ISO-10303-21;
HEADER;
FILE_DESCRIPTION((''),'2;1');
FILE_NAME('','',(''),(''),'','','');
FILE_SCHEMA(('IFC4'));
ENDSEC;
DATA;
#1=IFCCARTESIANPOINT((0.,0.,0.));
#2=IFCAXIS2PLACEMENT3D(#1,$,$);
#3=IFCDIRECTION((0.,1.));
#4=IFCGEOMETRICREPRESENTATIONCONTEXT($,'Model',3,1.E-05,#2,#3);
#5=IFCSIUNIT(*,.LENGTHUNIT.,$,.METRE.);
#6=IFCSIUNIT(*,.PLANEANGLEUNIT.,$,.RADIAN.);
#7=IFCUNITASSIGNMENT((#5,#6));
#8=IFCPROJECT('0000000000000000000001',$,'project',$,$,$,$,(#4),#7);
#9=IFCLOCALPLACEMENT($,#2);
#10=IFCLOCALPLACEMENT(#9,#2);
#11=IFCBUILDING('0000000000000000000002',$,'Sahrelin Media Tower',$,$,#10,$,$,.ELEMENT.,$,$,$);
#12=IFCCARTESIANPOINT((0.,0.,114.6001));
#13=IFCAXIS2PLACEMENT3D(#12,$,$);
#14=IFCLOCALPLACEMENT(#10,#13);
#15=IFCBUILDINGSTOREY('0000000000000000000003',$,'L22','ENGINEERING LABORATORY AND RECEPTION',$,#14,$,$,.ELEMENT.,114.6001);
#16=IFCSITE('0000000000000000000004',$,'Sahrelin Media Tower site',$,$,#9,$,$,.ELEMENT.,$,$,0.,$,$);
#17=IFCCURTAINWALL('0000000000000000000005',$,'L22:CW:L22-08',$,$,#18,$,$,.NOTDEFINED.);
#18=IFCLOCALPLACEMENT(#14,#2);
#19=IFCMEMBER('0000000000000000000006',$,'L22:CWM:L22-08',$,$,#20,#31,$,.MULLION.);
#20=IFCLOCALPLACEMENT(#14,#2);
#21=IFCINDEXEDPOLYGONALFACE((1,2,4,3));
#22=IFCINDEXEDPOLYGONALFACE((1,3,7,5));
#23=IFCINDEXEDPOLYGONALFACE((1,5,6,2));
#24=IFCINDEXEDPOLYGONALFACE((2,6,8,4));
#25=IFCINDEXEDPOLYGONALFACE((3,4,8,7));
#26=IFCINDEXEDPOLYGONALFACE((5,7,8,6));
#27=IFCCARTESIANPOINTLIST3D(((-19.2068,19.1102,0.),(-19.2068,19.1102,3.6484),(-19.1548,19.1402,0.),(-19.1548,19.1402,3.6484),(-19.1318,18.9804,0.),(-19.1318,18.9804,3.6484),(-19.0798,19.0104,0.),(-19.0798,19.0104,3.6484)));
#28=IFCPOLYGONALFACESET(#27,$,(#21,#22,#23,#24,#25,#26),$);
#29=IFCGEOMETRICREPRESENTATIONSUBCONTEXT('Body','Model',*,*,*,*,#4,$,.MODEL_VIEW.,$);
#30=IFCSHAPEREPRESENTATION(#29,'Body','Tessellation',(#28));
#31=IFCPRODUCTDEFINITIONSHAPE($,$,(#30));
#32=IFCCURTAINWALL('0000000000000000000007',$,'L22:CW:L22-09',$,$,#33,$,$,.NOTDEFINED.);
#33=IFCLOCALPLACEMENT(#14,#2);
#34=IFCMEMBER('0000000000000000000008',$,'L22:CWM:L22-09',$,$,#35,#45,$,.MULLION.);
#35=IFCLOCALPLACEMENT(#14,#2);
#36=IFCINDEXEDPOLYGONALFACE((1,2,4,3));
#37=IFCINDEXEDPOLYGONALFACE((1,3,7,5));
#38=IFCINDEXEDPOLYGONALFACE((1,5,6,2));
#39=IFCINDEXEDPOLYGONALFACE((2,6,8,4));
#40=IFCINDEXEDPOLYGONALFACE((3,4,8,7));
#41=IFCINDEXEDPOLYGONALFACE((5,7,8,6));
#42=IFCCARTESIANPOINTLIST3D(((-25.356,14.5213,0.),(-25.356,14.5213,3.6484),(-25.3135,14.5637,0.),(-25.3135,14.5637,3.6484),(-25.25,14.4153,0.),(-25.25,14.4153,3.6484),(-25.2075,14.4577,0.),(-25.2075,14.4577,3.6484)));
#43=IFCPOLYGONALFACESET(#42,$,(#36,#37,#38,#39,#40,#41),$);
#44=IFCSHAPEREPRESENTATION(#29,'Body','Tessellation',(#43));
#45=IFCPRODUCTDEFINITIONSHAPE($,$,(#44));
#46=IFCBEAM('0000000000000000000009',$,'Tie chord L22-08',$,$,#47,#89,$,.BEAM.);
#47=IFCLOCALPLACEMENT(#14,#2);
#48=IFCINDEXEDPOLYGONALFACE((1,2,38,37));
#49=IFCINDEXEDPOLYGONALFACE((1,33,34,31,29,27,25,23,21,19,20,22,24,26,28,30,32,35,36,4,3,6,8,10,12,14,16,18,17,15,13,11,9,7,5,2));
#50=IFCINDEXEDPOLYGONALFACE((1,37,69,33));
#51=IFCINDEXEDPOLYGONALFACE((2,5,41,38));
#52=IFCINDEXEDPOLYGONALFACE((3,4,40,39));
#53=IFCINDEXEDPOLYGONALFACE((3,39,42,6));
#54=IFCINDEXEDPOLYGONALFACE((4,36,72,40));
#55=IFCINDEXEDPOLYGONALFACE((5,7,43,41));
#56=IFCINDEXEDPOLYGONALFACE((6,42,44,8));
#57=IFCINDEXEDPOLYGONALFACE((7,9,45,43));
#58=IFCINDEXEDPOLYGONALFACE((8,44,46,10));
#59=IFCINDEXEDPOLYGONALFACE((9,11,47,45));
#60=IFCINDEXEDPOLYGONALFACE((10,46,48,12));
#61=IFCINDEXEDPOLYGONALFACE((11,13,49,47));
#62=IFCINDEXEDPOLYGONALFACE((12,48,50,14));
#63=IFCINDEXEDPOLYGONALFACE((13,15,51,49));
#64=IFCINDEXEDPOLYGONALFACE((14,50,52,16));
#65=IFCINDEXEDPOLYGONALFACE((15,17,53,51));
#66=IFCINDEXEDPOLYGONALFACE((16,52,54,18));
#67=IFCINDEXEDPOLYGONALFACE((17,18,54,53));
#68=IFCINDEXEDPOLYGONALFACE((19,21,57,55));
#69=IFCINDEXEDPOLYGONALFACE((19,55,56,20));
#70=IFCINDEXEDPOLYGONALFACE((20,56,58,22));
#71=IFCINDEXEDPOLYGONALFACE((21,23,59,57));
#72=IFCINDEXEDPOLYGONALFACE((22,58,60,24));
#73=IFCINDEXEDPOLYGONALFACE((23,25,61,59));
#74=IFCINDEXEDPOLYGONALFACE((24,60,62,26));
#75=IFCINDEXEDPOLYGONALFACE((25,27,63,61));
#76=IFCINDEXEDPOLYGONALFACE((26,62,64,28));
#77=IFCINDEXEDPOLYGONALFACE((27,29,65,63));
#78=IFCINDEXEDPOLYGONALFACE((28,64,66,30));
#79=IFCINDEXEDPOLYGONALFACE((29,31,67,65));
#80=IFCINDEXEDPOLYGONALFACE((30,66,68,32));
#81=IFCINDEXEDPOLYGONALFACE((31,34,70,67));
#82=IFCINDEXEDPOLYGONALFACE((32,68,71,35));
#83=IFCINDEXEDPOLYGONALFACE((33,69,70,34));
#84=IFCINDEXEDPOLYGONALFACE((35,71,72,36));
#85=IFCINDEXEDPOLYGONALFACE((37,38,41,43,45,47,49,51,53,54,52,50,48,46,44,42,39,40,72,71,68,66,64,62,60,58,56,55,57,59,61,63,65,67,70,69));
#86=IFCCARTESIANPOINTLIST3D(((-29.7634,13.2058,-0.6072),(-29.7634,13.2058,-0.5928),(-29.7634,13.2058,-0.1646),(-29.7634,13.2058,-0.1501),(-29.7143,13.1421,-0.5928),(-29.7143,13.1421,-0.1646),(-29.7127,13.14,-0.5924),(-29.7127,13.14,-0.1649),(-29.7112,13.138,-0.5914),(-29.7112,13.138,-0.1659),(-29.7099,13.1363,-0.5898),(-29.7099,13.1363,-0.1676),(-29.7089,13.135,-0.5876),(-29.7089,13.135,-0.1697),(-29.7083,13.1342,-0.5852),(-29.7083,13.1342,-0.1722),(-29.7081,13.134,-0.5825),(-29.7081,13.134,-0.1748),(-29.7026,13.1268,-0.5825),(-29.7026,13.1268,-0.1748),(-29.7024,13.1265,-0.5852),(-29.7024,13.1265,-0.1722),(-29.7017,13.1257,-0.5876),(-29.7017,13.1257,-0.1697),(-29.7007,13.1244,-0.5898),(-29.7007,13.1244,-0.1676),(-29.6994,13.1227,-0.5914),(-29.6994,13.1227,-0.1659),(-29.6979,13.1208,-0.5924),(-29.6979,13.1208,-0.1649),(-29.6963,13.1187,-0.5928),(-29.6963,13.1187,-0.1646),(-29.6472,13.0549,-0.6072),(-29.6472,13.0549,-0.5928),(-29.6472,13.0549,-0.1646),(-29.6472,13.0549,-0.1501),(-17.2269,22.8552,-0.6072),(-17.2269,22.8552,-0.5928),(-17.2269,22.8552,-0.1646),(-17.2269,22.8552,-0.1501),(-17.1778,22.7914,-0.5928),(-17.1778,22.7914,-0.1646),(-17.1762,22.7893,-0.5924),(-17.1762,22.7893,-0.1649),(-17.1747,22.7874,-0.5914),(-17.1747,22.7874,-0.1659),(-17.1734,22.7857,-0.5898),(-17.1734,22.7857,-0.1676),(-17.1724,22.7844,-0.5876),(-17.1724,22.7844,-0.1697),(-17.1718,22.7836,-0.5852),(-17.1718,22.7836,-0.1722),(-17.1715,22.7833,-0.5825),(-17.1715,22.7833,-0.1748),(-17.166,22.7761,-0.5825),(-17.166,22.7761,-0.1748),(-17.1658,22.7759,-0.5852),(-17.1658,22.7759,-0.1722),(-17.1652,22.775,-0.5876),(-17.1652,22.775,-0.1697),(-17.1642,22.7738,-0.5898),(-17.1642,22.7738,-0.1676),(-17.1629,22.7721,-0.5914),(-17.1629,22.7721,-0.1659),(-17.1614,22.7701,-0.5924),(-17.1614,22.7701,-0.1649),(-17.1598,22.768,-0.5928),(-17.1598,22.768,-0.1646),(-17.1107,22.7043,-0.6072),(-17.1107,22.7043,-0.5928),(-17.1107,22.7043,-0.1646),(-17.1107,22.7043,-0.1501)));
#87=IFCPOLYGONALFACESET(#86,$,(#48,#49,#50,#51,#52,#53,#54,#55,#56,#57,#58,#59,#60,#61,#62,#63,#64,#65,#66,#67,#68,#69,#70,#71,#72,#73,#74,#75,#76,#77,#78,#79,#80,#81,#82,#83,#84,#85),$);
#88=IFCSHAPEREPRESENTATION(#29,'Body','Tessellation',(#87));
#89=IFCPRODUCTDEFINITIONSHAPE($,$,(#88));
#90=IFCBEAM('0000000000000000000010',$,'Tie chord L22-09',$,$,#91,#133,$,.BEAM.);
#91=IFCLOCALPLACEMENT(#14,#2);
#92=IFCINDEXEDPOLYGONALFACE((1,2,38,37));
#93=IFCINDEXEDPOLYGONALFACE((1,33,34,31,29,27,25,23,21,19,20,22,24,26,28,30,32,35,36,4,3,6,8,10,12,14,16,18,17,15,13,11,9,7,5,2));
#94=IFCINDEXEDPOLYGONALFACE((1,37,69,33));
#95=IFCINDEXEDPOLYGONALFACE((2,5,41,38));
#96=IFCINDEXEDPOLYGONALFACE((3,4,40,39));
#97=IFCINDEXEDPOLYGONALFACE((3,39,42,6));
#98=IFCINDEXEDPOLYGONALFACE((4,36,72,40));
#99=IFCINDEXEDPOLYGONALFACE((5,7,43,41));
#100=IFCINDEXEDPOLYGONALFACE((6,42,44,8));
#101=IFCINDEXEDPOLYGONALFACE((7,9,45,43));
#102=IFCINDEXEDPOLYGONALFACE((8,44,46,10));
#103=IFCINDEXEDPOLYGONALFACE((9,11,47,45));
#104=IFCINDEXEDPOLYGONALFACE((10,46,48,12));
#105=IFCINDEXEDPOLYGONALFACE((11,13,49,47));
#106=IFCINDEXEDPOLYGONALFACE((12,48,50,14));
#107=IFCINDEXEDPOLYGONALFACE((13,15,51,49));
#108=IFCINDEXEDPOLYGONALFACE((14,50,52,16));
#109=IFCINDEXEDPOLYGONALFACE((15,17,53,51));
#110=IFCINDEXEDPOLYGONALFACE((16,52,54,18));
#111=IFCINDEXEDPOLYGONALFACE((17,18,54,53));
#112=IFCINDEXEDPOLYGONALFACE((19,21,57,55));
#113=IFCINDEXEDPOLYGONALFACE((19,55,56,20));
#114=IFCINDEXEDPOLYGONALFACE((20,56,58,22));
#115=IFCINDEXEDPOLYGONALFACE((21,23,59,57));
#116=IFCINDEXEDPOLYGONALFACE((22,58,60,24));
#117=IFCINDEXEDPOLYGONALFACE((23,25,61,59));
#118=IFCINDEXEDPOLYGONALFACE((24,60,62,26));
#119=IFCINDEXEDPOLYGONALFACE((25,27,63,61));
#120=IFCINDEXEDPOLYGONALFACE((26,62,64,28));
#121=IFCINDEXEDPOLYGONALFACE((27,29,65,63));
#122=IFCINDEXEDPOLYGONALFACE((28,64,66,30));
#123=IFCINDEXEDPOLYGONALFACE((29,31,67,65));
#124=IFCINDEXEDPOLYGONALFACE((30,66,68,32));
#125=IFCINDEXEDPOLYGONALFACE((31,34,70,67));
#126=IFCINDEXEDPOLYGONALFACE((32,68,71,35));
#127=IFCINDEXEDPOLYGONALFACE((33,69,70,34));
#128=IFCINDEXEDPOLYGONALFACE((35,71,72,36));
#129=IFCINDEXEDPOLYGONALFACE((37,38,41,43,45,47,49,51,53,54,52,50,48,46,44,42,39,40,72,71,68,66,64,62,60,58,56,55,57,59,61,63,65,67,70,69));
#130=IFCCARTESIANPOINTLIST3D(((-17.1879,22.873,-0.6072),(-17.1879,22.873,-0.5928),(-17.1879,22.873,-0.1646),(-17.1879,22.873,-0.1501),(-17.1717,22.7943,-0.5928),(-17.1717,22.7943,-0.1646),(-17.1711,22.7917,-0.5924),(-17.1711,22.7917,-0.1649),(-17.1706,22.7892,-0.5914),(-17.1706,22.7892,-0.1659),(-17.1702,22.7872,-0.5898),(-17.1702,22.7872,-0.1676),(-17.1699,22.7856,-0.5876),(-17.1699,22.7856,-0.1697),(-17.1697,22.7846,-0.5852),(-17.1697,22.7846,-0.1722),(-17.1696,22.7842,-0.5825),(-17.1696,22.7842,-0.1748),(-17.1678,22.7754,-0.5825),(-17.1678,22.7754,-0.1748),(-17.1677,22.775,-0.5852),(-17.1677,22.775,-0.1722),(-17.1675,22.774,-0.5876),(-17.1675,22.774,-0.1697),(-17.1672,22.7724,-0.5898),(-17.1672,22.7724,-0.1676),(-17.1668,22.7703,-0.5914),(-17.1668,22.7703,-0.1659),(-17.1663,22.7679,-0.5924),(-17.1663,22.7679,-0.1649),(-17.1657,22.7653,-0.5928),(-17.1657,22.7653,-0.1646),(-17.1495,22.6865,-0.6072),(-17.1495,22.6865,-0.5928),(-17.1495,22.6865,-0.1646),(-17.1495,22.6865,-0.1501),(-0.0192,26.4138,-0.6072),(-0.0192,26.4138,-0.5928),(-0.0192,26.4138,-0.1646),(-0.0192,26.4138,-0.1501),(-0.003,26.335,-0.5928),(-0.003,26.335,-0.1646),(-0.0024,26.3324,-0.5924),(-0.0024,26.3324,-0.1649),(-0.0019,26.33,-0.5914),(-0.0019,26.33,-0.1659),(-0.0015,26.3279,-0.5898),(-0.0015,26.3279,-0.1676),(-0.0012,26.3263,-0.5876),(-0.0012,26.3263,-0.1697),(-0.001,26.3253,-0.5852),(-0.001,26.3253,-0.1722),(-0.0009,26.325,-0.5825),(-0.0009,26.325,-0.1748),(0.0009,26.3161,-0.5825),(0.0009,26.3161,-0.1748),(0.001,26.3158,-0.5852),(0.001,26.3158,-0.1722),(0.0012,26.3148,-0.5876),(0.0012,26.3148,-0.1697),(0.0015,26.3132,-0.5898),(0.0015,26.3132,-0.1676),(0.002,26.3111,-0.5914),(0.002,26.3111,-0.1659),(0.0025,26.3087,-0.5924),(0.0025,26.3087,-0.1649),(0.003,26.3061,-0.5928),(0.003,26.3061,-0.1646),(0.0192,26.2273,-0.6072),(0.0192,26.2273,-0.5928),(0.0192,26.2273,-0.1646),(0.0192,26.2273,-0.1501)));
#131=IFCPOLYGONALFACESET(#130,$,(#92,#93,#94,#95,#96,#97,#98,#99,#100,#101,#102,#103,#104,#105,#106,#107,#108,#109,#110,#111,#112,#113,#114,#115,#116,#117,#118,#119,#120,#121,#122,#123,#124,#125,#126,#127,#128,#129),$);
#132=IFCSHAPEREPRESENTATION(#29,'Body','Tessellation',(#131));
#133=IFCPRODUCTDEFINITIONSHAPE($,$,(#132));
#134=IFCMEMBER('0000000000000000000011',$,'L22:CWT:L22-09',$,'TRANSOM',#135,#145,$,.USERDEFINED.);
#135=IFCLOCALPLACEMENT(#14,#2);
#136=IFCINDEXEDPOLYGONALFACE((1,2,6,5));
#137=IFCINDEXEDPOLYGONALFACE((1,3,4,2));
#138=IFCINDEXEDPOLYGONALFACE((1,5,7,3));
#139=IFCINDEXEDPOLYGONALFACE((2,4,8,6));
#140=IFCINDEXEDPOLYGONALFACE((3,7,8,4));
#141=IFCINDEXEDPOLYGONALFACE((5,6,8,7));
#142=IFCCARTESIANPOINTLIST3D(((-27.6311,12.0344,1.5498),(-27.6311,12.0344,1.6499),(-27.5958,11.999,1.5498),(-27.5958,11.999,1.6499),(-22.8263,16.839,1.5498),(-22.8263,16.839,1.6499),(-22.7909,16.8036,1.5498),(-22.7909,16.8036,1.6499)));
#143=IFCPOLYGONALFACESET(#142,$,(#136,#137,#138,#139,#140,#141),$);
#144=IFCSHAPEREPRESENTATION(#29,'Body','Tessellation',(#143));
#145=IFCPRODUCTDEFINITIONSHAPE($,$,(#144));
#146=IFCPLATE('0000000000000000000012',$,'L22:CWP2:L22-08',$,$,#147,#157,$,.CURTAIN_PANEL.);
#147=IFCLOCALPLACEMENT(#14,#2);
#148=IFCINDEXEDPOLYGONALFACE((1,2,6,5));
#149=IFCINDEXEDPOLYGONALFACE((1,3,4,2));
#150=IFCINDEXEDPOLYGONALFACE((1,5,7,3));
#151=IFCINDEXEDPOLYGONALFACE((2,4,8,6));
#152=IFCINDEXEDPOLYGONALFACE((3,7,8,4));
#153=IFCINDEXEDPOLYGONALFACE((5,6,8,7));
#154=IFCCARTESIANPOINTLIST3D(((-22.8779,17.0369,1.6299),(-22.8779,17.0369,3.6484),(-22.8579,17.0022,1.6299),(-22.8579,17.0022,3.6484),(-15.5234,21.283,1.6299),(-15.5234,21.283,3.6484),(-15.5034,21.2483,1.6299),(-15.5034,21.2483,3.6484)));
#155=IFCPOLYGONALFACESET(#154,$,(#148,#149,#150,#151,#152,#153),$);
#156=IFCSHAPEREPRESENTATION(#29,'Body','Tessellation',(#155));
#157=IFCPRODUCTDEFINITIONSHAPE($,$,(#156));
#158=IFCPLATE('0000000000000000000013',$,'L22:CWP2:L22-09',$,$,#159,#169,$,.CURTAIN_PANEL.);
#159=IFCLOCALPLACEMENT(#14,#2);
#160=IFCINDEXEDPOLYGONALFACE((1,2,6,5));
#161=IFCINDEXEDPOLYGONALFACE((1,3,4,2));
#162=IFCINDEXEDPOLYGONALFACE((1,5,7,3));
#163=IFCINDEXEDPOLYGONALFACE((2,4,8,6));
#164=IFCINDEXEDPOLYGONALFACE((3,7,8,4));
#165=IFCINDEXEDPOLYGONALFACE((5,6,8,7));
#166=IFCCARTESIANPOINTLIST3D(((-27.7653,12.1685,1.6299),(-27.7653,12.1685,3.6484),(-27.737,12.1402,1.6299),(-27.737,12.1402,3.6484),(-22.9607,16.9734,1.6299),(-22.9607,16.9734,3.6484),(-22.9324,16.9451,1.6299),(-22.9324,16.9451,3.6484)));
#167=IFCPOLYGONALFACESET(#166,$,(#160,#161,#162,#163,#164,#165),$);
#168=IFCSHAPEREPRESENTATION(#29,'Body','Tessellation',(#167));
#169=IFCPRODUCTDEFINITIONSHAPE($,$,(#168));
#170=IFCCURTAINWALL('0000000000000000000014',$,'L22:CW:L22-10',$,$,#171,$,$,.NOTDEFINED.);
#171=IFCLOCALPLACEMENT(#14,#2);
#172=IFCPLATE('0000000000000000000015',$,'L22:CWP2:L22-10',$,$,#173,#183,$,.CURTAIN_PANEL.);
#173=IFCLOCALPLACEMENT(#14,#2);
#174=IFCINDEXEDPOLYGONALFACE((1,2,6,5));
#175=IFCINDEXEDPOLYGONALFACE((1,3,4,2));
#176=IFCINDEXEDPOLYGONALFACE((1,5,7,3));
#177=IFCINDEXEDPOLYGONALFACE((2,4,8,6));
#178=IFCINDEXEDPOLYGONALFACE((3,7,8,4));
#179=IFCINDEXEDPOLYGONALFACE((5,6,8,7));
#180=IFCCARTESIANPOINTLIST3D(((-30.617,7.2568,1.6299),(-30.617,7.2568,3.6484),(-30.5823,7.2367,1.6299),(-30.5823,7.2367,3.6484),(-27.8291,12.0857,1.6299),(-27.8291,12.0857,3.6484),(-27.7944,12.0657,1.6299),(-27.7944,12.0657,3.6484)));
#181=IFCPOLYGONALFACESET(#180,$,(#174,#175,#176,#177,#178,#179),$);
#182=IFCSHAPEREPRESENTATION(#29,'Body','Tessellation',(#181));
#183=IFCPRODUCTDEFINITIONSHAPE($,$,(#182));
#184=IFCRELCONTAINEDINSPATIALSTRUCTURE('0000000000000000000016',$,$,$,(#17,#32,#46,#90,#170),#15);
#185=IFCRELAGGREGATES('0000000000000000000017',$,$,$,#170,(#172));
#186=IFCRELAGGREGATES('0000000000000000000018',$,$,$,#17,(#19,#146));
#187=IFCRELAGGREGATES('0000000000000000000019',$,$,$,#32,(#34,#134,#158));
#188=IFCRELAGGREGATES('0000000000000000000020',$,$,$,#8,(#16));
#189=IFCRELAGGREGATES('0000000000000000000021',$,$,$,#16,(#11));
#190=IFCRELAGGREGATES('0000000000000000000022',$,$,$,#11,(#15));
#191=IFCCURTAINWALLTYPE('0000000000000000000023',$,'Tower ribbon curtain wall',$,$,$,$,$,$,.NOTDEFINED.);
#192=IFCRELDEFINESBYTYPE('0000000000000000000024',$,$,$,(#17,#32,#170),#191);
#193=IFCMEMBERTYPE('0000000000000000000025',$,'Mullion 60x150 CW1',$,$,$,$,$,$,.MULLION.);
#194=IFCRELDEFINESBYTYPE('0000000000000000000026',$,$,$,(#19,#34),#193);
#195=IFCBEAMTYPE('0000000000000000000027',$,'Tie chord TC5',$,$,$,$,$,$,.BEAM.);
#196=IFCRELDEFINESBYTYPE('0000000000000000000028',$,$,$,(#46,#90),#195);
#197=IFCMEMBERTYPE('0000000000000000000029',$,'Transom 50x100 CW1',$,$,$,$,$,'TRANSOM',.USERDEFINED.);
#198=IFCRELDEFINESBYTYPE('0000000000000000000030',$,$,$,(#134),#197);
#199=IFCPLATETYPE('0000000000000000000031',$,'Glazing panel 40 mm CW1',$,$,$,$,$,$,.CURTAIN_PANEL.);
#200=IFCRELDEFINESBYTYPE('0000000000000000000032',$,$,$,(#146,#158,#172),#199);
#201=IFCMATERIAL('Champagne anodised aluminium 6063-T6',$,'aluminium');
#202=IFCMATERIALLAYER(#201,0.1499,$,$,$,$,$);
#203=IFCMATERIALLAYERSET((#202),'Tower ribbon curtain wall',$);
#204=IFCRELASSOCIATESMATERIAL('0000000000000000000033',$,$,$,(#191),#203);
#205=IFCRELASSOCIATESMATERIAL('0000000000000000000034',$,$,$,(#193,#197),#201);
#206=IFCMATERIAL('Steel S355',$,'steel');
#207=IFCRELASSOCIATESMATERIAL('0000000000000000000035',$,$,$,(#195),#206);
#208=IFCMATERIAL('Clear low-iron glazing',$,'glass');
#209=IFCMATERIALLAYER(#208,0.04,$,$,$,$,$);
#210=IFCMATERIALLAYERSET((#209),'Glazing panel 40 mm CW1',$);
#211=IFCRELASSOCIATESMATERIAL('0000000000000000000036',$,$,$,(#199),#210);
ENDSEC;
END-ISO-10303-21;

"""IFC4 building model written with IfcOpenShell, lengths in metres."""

from ifc_helpers import new_model, si_unit, direction, frame, origin, origin_2d, place, context, subcontext, project, spatial, polyline, rectangle, i_section, outline, extrude, material, layer, layer_set, material_profile, profile_set, type_object, element, aggregate, save


model = new_model("IFC4")

# Units and contexts
model_context = context("Model", 3, precision=1e-05, world=origin(), true_north=direction((0.0, 1.0)))
body_context = subcontext(model_context, "Body", "Model", "MODEL_VIEW")
ifc_project = project(units=[si_unit("LENGTHUNIT", "METRE"), si_unit("PLANEANGLEUNIT", "RADIAN")], contexts=[model_context])

# Site, building, storey
site_placement = place(None, origin())
site = spatial("IfcSite", under=ifc_project, at=site_placement, Name="Sahrelin Media Tower site", CompositionType="ELEMENT", RefElevation=0.0)
building_placement = place(site_placement, origin())
building = spatial("IfcBuilding", under=site, at=building_placement, Name="Sahrelin Media Tower", CompositionType="ELEMENT")
storey_placement = place(building_placement, frame((0.0, 0.0, 114.6001)))
storey = spatial("IfcBuildingStorey", under=building, at=storey_placement, Name="L22", Description="ENGINEERING LABORATORY AND RECEPTION", CompositionType="ELEMENT", Elevation=114.6001)

# Shared definitions
ifc_material_1 = material(Name="Steel S355", Category="steel")

# Curtain walls, members
ifc_material_2 = material(Name="Champagne anodised aluminium 6063-T6", Category="aluminium")
ifc_layer_1 = layer(ifc_material_2, 0.1499)
ifc_layer_set_1 = layer_set([ifc_layer_1], Name="Tower ribbon curtain wall")
curtain_wall_type = type_object("IfcCurtainWallType", Name="Tower ribbon curtain wall", PredefinedType="NOTDEFINED", material=ifc_layer_set_1)
curtain_wall_1_placement = place(storey_placement, frame((-19.1907, 19.1426, 0.0), z_axis=(0.0, 0.0, 1.0), x_axis=(1.0, 0.0, 0.0)))
curtain_wall_1 = element("IfcCurtainWall", 1, at=curtain_wall_1_placement, inside=storey, type_object=curtain_wall_type, Name="L22:CW:L22-08", PredefinedType="NOTDEFINED")
ifc_material_profile_1 = material_profile(ifc_material_2, rectangle(XDim=0.0601, YDim=0.1499, at=origin_2d()), Name="Mullion 60x150")
ifc_profile_set_1 = profile_set([ifc_material_profile_1], Name="Champagne anodised aluminium 6063-T6")
member_type_1 = type_object("IfcMemberType", Name="Mullion 60x150 CW1", PredefinedType="MULLION", material=ifc_profile_set_1)
member_1_placement = place(storey_placement, frame((-19.1433, 19.0603, 0.0), z_axis=(0.0, 0.0, 1.0), x_axis=(-0.866026, -0.499998, 0.0)))
member_1 = element("IfcMember", 2, at=member_1_placement, type_object=member_type_1, Name="L22:CWM:L22-08", PredefinedType="MULLION", context=body_context, shape_type="SweptSolid", body=[
    extrude(rectangle(XDim=0.0601, YDim=0.1499, at=origin_2d()), origin(), (0.0, 0.0, 1.0), 3.6484),
])
curtain_wall_2_placement = place(storey_placement, frame((-25.3489, 14.5569, 0.0), z_axis=(0.0, 0.0, 1.0), x_axis=(1.0, 0.0, 0.0)))
curtain_wall_2 = element("IfcCurtainWall", 3, at=curtain_wall_2_placement, inside=storey, type_object=curtain_wall_type, Name="L22:CW:L22-09", PredefinedType="NOTDEFINED")
member_2_placement = place(storey_placement, frame((-25.2817, 14.4895, 0.0), z_axis=(0.0, 0.0, 1.0), x_axis=(-0.707099, -0.707114, 0.0)))
member_2 = element("IfcMember", 4, at=member_2_placement, type_object=member_type_1, Name="L22:CWM:L22-09", PredefinedType="MULLION", context=body_context, shape_type="SweptSolid", body=[
    extrude(rectangle(XDim=0.0601, YDim=0.1499, at=origin_2d()), origin(), (0.0, 0.0, 1.0), 3.6484),
])

# Beams
ifc_material_profile_2 = material_profile(ifc_material_1, i_section(OverallWidth=0.1904, OverallDepth=0.457, WebThickness=0.009, FlangeThickness=0.0144, FilletRadius=0.0103, at=origin_2d()), Name="UB 457x191x74")
ifc_profile_set_2 = profile_set([ifc_material_profile_2], Name="Steel S355")
beam_type_1 = type_object("IfcBeamType", Name="Tie chord TC5", PredefinedType="BEAM", material=ifc_profile_set_2)
beam_1_placement = place(storey_placement, frame((-29.7053, 13.1304, -0.3787), z_axis=(0.792445, 0.609943, 0.0), x_axis=(-0.609943, 0.792445, 0.0)))
element("IfcBeam", 5, at=beam_1_placement, inside=storey, type_object=beam_type_1, Name="Tie chord L22-08", PredefinedType="BEAM", context=body_context, shape_type="SweptSolid", body=[
    extrude(i_section(OverallWidth=0.1904, OverallDepth=0.457, WebThickness=0.009, FlangeThickness=0.0144, FilletRadius=0.0103, at=origin_2d()), origin(), (0.0, 0.0, 1.0), 15.8201),
])
beam_2_placement = place(storey_placement, frame((-17.1687, 22.7798, -0.3787), z_axis=(0.979389, 0.201983, 0.0), x_axis=(-0.201983, 0.979389, 0.0)))
element("IfcBeam", 6, at=beam_2_placement, inside=storey, type_object=beam_type_1, Name="Tie chord L22-09", PredefinedType="BEAM", context=body_context, shape_type="SweptSolid", body=[
    extrude(i_section(OverallWidth=0.1904, OverallDepth=0.457, WebThickness=0.009, FlangeThickness=0.0144, FilletRadius=0.0103, at=origin_2d()), origin(), (0.0, 0.0, 1.0), 17.53),
])

# Member
ifc_material_profile_3 = material_profile(ifc_material_2, rectangle(XDim=0.05, YDim=0.1001, at=origin_2d()), Name="Transom 50x100")
ifc_profile_set_3 = profile_set([ifc_material_profile_3], Name="Champagne anodised aluminium 6063-T6")
member_type_2 = type_object("IfcMemberType", Name="Transom 50x100 CW1", ElementType="TRANSOM", PredefinedType="USERDEFINED", material=ifc_profile_set_3)
member_3_placement = place(storey_placement, frame((-22.8086, 16.8213, 1.5999), z_axis=(-0.707125, -0.707089, 0.0), x_axis=(0.707089, -0.707125, 0.0)))
member_3 = element("IfcMember", 7, at=member_3_placement, type_object=member_type_2, Name="L22:CWT:L22-09", ObjectType="TRANSOM", PredefinedType="USERDEFINED", context=body_context, shape_type="SweptSolid", body=[
    extrude(rectangle(XDim=0.05, YDim=0.1001, at=origin_2d()), origin(), (0.0, 0.0, 1.0), 6.7949),
])

# Plates
ifc_material_3 = material(Name="Clear low-iron glazing", Category="glass")
ifc_layer_2 = layer(ifc_material_3, 0.04)
ifc_layer_set_2 = layer_set([ifc_layer_2], Name="Glazing panel 40 mm CW1")
plate_type_1 = type_object("IfcPlateType", Name="Glazing panel 40 mm CW1", PredefinedType="CURTAIN_PANEL", material=ifc_layer_set_2)
plate_1_placement = place(storey_placement, frame((-15.5234, 21.283, 1.6299), z_axis=(-0.499998, 0.866027, 0.0), x_axis=(-0.866027, -0.499998, 0.0)))
plate_1 = element("IfcPlate", 8, at=plate_1_placement, type_object=plate_type_1, Name="L22:CWP2:L22-08", PredefinedType="CURTAIN_PANEL", context=body_context, shape_type="SweptSolid", body=[
    extrude(outline(polyline([(0.0, 0.0), (8.4922, 0.0), (8.4922, 2.0186), (0.0, 2.0186), (0.0, 0.0)])), origin(), (0.0, 0.0, -1.0), 0.04),
])
plate_2_placement = place(storey_placement, frame((-22.9607, 16.9734, 1.6299), z_axis=(-0.707125, 0.707089, 0.0), x_axis=(-0.707089, -0.707125, 0.0)))
plate_2 = element("IfcPlate", 9, at=plate_2_placement, type_object=plate_type_1, Name="L22:CWP2:L22-09", PredefinedType="CURTAIN_PANEL", context=body_context, shape_type="SweptSolid", body=[
    extrude(outline(polyline([(0.0, 0.0), (6.7949, 0.0), (6.7949, 2.0186), (0.0, 2.0186), (0.0, 0.0)])), origin(), (0.0, 0.0, -1.0), 0.04),
])

# Curtain wall, plate
curtain_wall_3_placement = place(storey_placement, frame((-29.2058, 9.6614, 0.0), z_axis=(0.0, 0.0, 1.0), x_axis=(1.0, 0.0, 0.0)))
curtain_wall_3 = element("IfcCurtainWall", 10, at=curtain_wall_3_placement, inside=storey, type_object=curtain_wall_type, Name="L22:CW:L22-10", PredefinedType="NOTDEFINED")
plate_3_placement = place(storey_placement, frame((-27.8291, 12.0857, 1.6299), z_axis=(-0.866033, 0.499987, 0.0), x_axis=(-0.499987, -0.866033, 0.0)))
plate_3 = element("IfcPlate", 11, at=plate_3_placement, type_object=plate_type_1, Name="L22:CWP2:L22-10", PredefinedType="CURTAIN_PANEL", context=body_context, shape_type="SweptSolid", body=[
    extrude(outline(polyline([(0.0, 0.0), (5.5759, 0.0), (5.5759, 2.0186), (0.0, 2.0186), (0.0, 0.0)])), origin(), (0.0, 0.0, -1.0), 0.04),
])
aggregate(curtain_wall_3, [plate_3])

aggregate(curtain_wall_1, [member_1, plate_1])
aggregate(curtain_wall_2, [member_2, member_3, plate_2])

save(model, "model.ifc")
